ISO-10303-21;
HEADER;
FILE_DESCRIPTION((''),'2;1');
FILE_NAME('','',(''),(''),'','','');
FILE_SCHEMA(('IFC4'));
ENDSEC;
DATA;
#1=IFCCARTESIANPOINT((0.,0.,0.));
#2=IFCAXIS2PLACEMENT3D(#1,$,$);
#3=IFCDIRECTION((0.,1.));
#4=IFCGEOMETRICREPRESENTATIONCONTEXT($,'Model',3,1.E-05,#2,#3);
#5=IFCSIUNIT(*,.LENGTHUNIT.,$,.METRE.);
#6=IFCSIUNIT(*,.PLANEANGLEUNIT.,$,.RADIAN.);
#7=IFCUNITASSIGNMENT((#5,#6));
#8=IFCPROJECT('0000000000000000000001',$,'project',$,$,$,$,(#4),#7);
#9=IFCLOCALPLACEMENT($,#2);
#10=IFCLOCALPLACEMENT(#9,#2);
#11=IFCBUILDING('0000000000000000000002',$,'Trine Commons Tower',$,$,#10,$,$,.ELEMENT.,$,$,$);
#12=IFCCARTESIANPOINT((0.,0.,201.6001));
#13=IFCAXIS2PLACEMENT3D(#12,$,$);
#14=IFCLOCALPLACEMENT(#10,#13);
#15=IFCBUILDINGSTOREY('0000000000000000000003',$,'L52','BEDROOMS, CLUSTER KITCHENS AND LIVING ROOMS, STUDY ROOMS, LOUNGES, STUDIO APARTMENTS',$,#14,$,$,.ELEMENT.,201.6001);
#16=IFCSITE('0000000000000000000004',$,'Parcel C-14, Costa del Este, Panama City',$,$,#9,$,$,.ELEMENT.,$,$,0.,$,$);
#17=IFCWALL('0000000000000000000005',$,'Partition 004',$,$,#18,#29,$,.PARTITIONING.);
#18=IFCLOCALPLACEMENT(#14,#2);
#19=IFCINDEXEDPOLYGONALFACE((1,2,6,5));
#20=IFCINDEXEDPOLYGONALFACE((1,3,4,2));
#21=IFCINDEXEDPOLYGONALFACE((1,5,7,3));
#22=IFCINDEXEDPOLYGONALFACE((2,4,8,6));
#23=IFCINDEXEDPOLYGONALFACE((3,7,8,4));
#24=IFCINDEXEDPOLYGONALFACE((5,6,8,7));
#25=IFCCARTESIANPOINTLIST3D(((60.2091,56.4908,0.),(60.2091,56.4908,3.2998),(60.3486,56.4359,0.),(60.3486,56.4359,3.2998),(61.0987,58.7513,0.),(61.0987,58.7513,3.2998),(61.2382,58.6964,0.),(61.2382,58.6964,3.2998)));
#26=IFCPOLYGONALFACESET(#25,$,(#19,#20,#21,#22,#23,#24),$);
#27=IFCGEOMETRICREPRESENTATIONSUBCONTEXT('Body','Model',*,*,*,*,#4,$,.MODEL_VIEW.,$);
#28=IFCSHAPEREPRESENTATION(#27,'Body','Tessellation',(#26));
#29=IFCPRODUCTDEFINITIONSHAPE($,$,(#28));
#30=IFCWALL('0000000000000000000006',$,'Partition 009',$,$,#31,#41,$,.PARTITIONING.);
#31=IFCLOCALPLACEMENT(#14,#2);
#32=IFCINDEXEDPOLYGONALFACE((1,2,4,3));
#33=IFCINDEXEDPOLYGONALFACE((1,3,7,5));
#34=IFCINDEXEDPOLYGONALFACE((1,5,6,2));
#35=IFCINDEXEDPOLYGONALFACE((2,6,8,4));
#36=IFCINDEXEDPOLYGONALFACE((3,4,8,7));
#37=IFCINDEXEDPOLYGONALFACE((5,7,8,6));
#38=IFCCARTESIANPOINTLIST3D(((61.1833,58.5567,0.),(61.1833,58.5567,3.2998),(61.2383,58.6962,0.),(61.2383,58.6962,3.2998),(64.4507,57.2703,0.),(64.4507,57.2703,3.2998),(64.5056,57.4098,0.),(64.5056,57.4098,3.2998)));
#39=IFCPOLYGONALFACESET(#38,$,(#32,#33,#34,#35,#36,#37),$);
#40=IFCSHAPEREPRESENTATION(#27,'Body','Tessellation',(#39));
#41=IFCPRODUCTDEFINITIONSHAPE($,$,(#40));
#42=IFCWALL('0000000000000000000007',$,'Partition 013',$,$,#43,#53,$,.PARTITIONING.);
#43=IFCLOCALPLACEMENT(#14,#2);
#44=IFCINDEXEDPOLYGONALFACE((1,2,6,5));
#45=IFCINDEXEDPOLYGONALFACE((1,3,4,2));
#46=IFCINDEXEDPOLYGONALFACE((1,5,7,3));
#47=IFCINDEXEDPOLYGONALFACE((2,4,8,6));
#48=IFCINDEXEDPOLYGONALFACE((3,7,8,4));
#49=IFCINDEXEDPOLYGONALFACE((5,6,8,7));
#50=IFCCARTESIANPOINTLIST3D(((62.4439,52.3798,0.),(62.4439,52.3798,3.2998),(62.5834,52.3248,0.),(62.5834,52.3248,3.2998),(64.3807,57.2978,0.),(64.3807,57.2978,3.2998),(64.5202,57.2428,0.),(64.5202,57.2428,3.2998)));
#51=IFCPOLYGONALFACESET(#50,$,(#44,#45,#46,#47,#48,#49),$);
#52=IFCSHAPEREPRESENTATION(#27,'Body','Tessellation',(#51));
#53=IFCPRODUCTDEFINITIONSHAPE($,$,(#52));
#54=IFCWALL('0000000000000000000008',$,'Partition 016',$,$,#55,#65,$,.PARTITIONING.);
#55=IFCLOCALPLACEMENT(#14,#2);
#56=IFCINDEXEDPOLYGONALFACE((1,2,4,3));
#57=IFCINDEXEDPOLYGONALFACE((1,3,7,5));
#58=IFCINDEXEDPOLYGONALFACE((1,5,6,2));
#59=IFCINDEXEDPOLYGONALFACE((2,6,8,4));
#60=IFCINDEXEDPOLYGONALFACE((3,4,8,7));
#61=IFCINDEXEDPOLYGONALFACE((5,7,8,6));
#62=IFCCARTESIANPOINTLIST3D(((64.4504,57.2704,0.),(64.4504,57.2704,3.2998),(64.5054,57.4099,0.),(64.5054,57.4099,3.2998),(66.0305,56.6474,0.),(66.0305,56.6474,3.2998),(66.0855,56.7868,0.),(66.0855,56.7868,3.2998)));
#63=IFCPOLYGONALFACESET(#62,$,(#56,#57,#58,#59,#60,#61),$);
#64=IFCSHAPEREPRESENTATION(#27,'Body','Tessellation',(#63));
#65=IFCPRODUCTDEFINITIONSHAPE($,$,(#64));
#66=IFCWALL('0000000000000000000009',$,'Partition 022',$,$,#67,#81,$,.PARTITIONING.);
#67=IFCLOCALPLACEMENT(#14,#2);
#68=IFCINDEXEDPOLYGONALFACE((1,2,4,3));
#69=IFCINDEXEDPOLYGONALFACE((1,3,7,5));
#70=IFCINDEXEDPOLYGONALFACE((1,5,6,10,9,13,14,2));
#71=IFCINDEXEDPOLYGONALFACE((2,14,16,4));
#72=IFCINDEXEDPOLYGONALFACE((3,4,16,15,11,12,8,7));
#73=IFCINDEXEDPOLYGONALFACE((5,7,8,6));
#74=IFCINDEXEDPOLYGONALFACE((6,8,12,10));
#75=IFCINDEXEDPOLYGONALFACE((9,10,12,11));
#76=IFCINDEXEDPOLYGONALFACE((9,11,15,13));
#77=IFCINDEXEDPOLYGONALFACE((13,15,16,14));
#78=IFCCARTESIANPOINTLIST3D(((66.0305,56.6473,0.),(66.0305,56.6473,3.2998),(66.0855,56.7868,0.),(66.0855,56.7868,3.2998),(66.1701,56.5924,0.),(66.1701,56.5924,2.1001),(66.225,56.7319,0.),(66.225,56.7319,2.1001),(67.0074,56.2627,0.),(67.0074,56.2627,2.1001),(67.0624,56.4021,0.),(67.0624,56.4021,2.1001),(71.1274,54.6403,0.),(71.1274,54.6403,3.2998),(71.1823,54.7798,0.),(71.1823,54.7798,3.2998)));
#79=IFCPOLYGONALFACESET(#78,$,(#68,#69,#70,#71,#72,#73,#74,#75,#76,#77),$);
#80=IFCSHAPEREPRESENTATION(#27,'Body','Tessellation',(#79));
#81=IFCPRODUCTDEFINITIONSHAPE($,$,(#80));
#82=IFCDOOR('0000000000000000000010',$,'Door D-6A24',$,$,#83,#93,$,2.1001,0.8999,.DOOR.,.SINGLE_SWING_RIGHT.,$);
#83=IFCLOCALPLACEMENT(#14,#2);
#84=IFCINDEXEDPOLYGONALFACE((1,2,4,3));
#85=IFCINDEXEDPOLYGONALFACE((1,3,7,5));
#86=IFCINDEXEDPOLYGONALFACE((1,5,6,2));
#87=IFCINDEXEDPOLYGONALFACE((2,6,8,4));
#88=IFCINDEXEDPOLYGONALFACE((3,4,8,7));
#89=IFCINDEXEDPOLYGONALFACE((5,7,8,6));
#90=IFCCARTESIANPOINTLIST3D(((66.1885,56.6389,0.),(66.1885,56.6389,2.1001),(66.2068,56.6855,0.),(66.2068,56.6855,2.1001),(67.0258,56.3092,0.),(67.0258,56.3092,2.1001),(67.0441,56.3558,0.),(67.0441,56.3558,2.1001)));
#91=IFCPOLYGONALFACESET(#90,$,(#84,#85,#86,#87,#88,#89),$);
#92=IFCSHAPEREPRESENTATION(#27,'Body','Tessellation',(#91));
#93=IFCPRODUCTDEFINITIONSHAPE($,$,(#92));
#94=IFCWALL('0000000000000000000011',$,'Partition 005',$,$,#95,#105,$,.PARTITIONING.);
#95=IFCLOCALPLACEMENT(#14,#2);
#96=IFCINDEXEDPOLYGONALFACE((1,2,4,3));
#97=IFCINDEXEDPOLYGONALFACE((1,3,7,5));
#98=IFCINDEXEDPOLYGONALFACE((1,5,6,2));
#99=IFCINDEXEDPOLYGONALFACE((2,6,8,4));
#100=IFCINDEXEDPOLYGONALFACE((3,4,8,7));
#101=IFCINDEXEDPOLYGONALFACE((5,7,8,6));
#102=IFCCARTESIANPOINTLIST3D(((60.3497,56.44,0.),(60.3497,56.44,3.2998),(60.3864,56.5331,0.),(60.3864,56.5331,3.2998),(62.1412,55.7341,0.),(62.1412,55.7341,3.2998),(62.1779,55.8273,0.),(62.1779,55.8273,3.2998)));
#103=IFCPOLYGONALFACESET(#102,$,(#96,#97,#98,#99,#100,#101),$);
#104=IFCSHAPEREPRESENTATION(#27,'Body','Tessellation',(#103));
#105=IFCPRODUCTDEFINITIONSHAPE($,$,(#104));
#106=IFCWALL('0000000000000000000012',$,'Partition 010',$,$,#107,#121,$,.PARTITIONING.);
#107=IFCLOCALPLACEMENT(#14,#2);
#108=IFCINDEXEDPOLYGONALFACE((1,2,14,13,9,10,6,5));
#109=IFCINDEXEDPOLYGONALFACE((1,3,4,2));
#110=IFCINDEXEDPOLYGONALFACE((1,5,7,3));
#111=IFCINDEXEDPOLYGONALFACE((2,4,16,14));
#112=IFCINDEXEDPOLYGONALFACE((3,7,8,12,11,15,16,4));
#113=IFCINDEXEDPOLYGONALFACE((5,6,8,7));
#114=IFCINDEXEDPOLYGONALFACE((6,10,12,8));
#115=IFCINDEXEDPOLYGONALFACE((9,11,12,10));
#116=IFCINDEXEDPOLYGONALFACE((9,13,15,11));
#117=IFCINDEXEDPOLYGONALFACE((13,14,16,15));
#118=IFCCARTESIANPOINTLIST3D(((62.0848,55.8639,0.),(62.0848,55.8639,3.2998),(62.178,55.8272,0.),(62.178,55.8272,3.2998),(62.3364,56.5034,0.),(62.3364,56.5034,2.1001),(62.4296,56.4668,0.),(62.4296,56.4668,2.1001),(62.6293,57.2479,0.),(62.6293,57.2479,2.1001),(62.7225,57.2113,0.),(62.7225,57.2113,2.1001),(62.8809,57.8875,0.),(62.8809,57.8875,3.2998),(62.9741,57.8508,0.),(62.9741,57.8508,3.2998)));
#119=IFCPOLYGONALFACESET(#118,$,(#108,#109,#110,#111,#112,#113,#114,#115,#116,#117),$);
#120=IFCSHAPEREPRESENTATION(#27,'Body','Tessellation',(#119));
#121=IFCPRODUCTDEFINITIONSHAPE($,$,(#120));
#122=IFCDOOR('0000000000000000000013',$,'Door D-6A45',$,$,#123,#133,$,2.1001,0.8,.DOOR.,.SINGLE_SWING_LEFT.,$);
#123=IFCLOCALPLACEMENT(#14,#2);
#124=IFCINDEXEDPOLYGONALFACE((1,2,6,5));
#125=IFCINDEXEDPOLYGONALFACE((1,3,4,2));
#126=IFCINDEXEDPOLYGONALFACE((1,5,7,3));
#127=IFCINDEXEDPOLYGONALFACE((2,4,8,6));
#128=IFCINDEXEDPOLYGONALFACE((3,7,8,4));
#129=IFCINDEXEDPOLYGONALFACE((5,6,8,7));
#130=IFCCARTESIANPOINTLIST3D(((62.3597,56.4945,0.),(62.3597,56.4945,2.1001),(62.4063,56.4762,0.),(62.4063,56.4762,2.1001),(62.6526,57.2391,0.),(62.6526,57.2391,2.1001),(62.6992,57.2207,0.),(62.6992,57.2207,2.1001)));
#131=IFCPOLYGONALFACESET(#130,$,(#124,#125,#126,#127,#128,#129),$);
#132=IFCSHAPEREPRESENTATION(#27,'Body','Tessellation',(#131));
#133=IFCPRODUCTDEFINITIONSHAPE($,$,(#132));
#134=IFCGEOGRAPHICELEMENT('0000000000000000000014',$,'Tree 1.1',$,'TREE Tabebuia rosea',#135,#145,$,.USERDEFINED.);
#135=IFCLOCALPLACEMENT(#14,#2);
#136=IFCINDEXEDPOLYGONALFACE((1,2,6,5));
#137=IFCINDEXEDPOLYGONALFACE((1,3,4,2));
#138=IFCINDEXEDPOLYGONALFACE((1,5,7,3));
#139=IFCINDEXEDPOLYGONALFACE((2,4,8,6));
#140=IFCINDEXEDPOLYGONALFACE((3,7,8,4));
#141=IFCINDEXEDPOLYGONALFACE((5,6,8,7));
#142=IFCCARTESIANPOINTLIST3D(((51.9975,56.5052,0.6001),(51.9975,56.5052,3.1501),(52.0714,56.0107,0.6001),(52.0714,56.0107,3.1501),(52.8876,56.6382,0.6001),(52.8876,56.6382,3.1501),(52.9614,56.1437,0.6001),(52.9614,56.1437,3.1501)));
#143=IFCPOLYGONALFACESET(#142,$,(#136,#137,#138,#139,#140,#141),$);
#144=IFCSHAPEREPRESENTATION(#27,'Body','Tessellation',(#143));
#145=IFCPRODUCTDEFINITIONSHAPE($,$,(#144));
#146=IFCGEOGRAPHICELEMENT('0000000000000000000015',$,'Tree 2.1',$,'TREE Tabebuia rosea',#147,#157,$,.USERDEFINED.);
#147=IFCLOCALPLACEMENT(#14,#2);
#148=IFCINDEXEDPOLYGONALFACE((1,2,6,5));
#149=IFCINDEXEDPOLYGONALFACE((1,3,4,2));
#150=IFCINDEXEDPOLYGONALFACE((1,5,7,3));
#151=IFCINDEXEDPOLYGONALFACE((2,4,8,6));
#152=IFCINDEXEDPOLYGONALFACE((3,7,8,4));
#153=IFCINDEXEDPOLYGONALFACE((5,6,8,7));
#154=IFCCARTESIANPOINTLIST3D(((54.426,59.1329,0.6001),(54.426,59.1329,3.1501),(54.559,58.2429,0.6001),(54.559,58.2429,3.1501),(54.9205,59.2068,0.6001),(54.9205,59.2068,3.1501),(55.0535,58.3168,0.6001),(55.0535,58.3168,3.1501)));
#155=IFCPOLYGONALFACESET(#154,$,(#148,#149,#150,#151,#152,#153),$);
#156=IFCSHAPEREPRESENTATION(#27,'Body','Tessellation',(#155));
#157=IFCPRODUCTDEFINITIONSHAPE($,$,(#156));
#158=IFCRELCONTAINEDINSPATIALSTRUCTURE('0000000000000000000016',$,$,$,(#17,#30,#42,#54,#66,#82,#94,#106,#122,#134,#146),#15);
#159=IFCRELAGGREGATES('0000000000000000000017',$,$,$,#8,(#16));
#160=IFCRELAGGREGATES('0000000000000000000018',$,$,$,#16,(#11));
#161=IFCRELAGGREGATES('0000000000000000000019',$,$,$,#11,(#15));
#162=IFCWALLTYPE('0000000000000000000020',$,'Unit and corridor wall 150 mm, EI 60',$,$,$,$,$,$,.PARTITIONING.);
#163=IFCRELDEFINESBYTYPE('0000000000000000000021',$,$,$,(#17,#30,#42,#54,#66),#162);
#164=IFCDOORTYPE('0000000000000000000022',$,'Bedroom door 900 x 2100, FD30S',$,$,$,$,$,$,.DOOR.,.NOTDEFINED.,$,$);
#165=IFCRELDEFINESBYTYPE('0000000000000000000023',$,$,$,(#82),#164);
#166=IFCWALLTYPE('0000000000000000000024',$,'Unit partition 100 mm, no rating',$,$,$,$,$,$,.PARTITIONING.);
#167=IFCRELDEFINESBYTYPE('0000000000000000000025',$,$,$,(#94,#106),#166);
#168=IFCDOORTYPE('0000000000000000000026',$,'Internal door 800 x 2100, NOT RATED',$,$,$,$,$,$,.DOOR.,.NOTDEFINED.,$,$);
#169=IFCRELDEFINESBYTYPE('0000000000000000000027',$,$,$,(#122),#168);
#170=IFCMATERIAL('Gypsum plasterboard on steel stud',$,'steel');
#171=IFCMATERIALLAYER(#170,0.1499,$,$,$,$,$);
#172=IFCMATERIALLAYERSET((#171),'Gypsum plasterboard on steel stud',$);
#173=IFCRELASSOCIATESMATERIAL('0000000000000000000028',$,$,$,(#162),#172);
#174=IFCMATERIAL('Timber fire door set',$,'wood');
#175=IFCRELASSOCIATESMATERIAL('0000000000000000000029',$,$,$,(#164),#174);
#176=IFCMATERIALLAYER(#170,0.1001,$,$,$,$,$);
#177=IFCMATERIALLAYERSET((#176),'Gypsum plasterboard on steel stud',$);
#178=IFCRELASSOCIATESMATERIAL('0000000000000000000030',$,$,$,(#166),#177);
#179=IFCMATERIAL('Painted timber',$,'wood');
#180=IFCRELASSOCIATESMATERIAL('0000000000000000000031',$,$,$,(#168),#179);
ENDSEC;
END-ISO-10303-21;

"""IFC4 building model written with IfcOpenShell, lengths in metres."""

from ifc_helpers import new_model, si_unit, direction, frame, frame_2d, origin, origin_2d, place, context, subcontext, project, spatial, rectangle, extrude, material, layer, layer_set, type_object, element, fill, save


model = new_model("IFC4")

# Units and contexts
model_context = context("Model", 3, precision=1e-05, world=origin(), true_north=direction((0.0, 1.0)))
body_context = subcontext(model_context, "Body", "Model", "MODEL_VIEW")
ifc_project = project(units=[si_unit("LENGTHUNIT", "METRE"), si_unit("PLANEANGLEUNIT", "RADIAN")], contexts=[model_context])

# Site, building, storey
site_placement = place(None, origin())
site = spatial("IfcSite", under=ifc_project, at=site_placement, Name="Parcel C-14, Costa del Este, Panama City", CompositionType="ELEMENT", RefElevation=0.0)
building_placement = place(site_placement, origin())
building = spatial("IfcBuilding", under=site, at=building_placement, Name="Trine Commons Tower", CompositionType="ELEMENT")
storey_placement = place(building_placement, frame((0.0, 0.0, 201.6001)))
storey = spatial("IfcBuildingStorey", under=building, at=storey_placement, Name="L52", Description="BEDROOMS, CLUSTER KITCHENS AND LIVING ROOMS, STUDY ROOMS, LOUNGES, STUDIO APARTMENTS", CompositionType="ELEMENT", Elevation=201.6001)

# Shared definitions
ifc_material_1 = material(Name="Gypsum plasterboard on steel stud", Category="steel")
ifc_layer_1 = layer(ifc_material_1, 0.1499)
ifc_layer_set_1 = layer_set([ifc_layer_1], Name="Gypsum plasterboard on steel stud")
wall_type_1 = type_object("IfcWallType", Name="Unit and corridor wall 150 mm, EI 60", PredefinedType="PARTITIONING", material=ifc_layer_set_1)
ifc_material_2 = material(Name="Timber fire door set", Category="wood")
door_type_1 = type_object("IfcDoorType", Name="Bedroom door 900 x 2100, FD30S", OperationType="NOTDEFINED", PredefinedType="DOOR", material=ifc_material_2)

# Walls
wall_1_placement = place(storey_placement, frame((60.2788, 56.4634, 0.0), z_axis=(0.0, 0.0, 1.0), x_axis=(0.366221, 0.930528, 0.0)))
element("IfcWall", 1, at=wall_1_placement, inside=storey, type_object=wall_type_1, Name="Partition 004", PredefinedType="PARTITIONING", context=body_context, shape_type="SweptSolid", body=[
    extrude(rectangle(XDim=2.4292, YDim=0.1499, at=frame_2d((1.2146, 0.0))), origin(), (0.0, 0.0, 1.0), 3.2998),
])
wall_2_placement = place(storey_placement, frame((61.2107, 58.6265, 0.0), z_axis=(0.0, 0.0, 1.0), x_axis=(0.930482, -0.366338, 0.0)))
element("IfcWall", 2, at=wall_2_placement, inside=storey, type_object=wall_type_1, Name="Partition 009", PredefinedType="PARTITIONING", context=body_context, shape_type="SweptSolid", body=[
    extrude(rectangle(XDim=3.5115, YDim=0.1499, at=frame_2d((1.7559, 0.0))), origin(), (0.0, 0.0, 1.0), 3.2998),
])
wall_3_placement = place(storey_placement, frame((62.5137, 52.3523, 0.0), z_axis=(0.0, 0.0, 1.0), x_axis=(0.366424, 0.930448, 0.0)))
element("IfcWall", 3, at=wall_3_placement, inside=storey, type_object=wall_type_1, Name="Partition 013", PredefinedType="PARTITIONING", context=body_context, shape_type="SweptSolid", body=[
    extrude(rectangle(XDim=5.2856, YDim=0.1499, at=frame_2d((2.6428, 0.0))), origin(), (0.0, 0.0, 1.0), 3.2998),
])
wall_4_placement = place(storey_placement, frame((64.478, 57.3401, 0.0), z_axis=(0.0, 0.0, 1.0), x_axis=(0.93029, -0.366826, 0.0)))
element("IfcWall", 4, at=wall_4_placement, inside=storey, type_object=wall_type_1, Name="Partition 016", PredefinedType="PARTITIONING", context=body_context, shape_type="SweptSolid", body=[
    extrude(rectangle(XDim=1.6985, YDim=0.1499, at=frame_2d((0.8491, 0.0))), origin(), (0.0, 0.0, 1.0), 3.2998),
])

# Wall, opening, door
wall_5_placement = place(storey_placement, frame((66.0581, 56.717, 0.0), z_axis=(0.0, 0.0, 1.0), x_axis=(0.930458, -0.366398, 0.0)))
wall_5 = element("IfcWall", 5, at=wall_5_placement, inside=storey, type_object=wall_type_1, Name="Partition 022", PredefinedType="PARTITIONING", context=body_context, shape_type="SweptSolid", body=[
    extrude(rectangle(XDim=5.4778, YDim=0.1499, at=frame_2d((2.7388, 0.0))), origin(), (0.0, 0.0, 1.0), 3.2998),
])
opening_1_placement = place(wall_5_placement, frame((0.1499, 0.0, 0.0)))
opening_1 = element("IfcOpeningElement", 6, at=opening_1_placement, cuts=wall_5, PredefinedType="OPENING", context=body_context, shape_type="SweptSolid", body=[
    extrude(rectangle(XDim=0.8999, YDim=2.1001, at=frame_2d((0.45, 1.05))), frame((0.0, 0.085, 0.0), z_axis=(0.0, -1.0, 0.0), x_axis=(1.0, 0.0, 0.0)), (0.0, 0.0, 1.0), 0.1699),
])
door_1_placement = place(opening_1_placement, frame((0.8999, 0.0, 0.0), z_axis=(0.0, 0.0, 1.0), x_axis=(-1.0, 0.0, 0.0)))
door_1 = element("IfcDoor", 7, at=door_1_placement, inside=storey, type_object=door_type_1, Name="Door D-6A24", OperationType="SINGLE_SWING_RIGHT", OverallHeight=2.1001, OverallWidth=0.8999, PredefinedType="DOOR", context=body_context, shape_type="SweptSolid", body=[
    extrude(rectangle(XDim=0.8999, YDim=2.1001, at=frame_2d((0.45, 1.05))), frame((0.0, 0.0249, 0.0), z_axis=(0.0, -1.0, 0.0), x_axis=(1.0, 0.0, 0.0)), (0.0, 0.0, 1.0), 0.05),
])
fill(opening_1, door_1)

# Wall
ifc_layer_2 = layer(ifc_material_1, 0.1001)
ifc_layer_set_2 = layer_set([ifc_layer_2], Name="Gypsum plasterboard on steel stud")
wall_type_2 = type_object("IfcWallType", Name="Unit partition 100 mm, no rating", PredefinedType="PARTITIONING", material=ifc_layer_set_2)
wall_6_placement = place(storey_placement, frame((60.3679, 56.4866, 0.0), z_axis=(0.0, 0.0, 1.0), x_axis=(0.930397, -0.366554, 0.0)))
element("IfcWall", 8, at=wall_6_placement, inside=storey, type_object=wall_type_2, Name="Partition 005", PredefinedType="PARTITIONING", context=body_context, shape_type="SweptSolid", body=[
    extrude(rectangle(XDim=1.9255, YDim=0.1001, at=frame_2d((0.9629, 0.0))), origin(), (0.0, 0.0, 1.0), 3.2998),
])

# Wall, opening, door
wall_7_placement = place(storey_placement, frame((62.1313, 55.8455, 0.0), z_axis=(0.0, 0.0, 1.0), x_axis=(0.3661, 0.930575, 0.0)))
wall_7 = element("IfcWall", 9, at=wall_7_placement, inside=storey, type_object=wall_type_2, Name="Partition 010", PredefinedType="PARTITIONING", context=body_context, shape_type="SweptSolid", body=[
    extrude(rectangle(XDim=2.1746, YDim=0.1001, at=frame_2d((1.0874, 0.0))), origin(), (0.0, 0.0, 1.0), 3.2998),
])
opening_2_placement = place(wall_7_placement, frame((0.6875, 0.0, 0.0)))
opening_2 = element("IfcOpeningElement", 10, at=opening_2_placement, cuts=wall_7, PredefinedType="OPENING", context=body_context, shape_type="SweptSolid", body=[
    extrude(rectangle(XDim=0.8, YDim=2.1001, at=frame_2d((0.3999, 1.05))), frame((0.0, 0.0601, 0.0), z_axis=(0.0, -1.0, 0.0), x_axis=(1.0, 0.0, 0.0)), (0.0, 0.0, 1.0), 0.1201),
])
ifc_material_3 = material(Name="Painted timber", Category="wood")
door_type_2 = type_object("IfcDoorType", Name="Internal door 800 x 2100, NOT RATED", OperationType="NOTDEFINED", PredefinedType="DOOR", material=ifc_material_3)
door_2_placement = place(opening_2_placement, frame((0.8, 0.0, 0.0), z_axis=(0.0, 0.0, 1.0), x_axis=(-1.0, 0.0, 0.0)))
door_2 = element("IfcDoor", 11, at=door_2_placement, inside=storey, type_object=door_type_2, Name="Door D-6A45", OperationType="SINGLE_SWING_LEFT", OverallHeight=2.1001, OverallWidth=0.8, PredefinedType="DOOR", context=body_context, shape_type="SweptSolid", body=[
    extrude(rectangle(XDim=0.8, YDim=2.1001, at=frame_2d((0.3999, 1.05))), frame((0.0, 0.0249, 0.0), z_axis=(0.0, -1.0, 0.0), x_axis=(1.0, 0.0, 0.0)), (0.0, 0.0, 1.0), 0.05),
])
fill(opening_2, door_2)

# Geographic elements
for number, where, z_axis, x_axis, name in (
    (12, (52.4795, 56.3245, 0.6001), (0.0, 0.0, 1.0), (0.989019, 0.14779, 0.0), "Tree 1.1"),
    (13, (54.7397, 58.7249, 0.6001), (0.0, 0.0, 1.0), (-0.147813, 0.989015, 0.0), "Tree 2.1"),
):
    element("IfcGeographicElement", number, at=place(storey_placement, frame(where, z_axis=z_axis, x_axis=x_axis)), inside=storey, Name=name, ObjectType="TREE Tabebuia rosea", PredefinedType="USERDEFINED", context=body_context, shape_type="SweptSolid", body=[
        extrude(rectangle(XDim=0.8999, YDim=0.5, at=origin_2d()), origin(), (0.0, 0.0, 1.0), 2.55),
    ])

save(model, "model.ifc")
